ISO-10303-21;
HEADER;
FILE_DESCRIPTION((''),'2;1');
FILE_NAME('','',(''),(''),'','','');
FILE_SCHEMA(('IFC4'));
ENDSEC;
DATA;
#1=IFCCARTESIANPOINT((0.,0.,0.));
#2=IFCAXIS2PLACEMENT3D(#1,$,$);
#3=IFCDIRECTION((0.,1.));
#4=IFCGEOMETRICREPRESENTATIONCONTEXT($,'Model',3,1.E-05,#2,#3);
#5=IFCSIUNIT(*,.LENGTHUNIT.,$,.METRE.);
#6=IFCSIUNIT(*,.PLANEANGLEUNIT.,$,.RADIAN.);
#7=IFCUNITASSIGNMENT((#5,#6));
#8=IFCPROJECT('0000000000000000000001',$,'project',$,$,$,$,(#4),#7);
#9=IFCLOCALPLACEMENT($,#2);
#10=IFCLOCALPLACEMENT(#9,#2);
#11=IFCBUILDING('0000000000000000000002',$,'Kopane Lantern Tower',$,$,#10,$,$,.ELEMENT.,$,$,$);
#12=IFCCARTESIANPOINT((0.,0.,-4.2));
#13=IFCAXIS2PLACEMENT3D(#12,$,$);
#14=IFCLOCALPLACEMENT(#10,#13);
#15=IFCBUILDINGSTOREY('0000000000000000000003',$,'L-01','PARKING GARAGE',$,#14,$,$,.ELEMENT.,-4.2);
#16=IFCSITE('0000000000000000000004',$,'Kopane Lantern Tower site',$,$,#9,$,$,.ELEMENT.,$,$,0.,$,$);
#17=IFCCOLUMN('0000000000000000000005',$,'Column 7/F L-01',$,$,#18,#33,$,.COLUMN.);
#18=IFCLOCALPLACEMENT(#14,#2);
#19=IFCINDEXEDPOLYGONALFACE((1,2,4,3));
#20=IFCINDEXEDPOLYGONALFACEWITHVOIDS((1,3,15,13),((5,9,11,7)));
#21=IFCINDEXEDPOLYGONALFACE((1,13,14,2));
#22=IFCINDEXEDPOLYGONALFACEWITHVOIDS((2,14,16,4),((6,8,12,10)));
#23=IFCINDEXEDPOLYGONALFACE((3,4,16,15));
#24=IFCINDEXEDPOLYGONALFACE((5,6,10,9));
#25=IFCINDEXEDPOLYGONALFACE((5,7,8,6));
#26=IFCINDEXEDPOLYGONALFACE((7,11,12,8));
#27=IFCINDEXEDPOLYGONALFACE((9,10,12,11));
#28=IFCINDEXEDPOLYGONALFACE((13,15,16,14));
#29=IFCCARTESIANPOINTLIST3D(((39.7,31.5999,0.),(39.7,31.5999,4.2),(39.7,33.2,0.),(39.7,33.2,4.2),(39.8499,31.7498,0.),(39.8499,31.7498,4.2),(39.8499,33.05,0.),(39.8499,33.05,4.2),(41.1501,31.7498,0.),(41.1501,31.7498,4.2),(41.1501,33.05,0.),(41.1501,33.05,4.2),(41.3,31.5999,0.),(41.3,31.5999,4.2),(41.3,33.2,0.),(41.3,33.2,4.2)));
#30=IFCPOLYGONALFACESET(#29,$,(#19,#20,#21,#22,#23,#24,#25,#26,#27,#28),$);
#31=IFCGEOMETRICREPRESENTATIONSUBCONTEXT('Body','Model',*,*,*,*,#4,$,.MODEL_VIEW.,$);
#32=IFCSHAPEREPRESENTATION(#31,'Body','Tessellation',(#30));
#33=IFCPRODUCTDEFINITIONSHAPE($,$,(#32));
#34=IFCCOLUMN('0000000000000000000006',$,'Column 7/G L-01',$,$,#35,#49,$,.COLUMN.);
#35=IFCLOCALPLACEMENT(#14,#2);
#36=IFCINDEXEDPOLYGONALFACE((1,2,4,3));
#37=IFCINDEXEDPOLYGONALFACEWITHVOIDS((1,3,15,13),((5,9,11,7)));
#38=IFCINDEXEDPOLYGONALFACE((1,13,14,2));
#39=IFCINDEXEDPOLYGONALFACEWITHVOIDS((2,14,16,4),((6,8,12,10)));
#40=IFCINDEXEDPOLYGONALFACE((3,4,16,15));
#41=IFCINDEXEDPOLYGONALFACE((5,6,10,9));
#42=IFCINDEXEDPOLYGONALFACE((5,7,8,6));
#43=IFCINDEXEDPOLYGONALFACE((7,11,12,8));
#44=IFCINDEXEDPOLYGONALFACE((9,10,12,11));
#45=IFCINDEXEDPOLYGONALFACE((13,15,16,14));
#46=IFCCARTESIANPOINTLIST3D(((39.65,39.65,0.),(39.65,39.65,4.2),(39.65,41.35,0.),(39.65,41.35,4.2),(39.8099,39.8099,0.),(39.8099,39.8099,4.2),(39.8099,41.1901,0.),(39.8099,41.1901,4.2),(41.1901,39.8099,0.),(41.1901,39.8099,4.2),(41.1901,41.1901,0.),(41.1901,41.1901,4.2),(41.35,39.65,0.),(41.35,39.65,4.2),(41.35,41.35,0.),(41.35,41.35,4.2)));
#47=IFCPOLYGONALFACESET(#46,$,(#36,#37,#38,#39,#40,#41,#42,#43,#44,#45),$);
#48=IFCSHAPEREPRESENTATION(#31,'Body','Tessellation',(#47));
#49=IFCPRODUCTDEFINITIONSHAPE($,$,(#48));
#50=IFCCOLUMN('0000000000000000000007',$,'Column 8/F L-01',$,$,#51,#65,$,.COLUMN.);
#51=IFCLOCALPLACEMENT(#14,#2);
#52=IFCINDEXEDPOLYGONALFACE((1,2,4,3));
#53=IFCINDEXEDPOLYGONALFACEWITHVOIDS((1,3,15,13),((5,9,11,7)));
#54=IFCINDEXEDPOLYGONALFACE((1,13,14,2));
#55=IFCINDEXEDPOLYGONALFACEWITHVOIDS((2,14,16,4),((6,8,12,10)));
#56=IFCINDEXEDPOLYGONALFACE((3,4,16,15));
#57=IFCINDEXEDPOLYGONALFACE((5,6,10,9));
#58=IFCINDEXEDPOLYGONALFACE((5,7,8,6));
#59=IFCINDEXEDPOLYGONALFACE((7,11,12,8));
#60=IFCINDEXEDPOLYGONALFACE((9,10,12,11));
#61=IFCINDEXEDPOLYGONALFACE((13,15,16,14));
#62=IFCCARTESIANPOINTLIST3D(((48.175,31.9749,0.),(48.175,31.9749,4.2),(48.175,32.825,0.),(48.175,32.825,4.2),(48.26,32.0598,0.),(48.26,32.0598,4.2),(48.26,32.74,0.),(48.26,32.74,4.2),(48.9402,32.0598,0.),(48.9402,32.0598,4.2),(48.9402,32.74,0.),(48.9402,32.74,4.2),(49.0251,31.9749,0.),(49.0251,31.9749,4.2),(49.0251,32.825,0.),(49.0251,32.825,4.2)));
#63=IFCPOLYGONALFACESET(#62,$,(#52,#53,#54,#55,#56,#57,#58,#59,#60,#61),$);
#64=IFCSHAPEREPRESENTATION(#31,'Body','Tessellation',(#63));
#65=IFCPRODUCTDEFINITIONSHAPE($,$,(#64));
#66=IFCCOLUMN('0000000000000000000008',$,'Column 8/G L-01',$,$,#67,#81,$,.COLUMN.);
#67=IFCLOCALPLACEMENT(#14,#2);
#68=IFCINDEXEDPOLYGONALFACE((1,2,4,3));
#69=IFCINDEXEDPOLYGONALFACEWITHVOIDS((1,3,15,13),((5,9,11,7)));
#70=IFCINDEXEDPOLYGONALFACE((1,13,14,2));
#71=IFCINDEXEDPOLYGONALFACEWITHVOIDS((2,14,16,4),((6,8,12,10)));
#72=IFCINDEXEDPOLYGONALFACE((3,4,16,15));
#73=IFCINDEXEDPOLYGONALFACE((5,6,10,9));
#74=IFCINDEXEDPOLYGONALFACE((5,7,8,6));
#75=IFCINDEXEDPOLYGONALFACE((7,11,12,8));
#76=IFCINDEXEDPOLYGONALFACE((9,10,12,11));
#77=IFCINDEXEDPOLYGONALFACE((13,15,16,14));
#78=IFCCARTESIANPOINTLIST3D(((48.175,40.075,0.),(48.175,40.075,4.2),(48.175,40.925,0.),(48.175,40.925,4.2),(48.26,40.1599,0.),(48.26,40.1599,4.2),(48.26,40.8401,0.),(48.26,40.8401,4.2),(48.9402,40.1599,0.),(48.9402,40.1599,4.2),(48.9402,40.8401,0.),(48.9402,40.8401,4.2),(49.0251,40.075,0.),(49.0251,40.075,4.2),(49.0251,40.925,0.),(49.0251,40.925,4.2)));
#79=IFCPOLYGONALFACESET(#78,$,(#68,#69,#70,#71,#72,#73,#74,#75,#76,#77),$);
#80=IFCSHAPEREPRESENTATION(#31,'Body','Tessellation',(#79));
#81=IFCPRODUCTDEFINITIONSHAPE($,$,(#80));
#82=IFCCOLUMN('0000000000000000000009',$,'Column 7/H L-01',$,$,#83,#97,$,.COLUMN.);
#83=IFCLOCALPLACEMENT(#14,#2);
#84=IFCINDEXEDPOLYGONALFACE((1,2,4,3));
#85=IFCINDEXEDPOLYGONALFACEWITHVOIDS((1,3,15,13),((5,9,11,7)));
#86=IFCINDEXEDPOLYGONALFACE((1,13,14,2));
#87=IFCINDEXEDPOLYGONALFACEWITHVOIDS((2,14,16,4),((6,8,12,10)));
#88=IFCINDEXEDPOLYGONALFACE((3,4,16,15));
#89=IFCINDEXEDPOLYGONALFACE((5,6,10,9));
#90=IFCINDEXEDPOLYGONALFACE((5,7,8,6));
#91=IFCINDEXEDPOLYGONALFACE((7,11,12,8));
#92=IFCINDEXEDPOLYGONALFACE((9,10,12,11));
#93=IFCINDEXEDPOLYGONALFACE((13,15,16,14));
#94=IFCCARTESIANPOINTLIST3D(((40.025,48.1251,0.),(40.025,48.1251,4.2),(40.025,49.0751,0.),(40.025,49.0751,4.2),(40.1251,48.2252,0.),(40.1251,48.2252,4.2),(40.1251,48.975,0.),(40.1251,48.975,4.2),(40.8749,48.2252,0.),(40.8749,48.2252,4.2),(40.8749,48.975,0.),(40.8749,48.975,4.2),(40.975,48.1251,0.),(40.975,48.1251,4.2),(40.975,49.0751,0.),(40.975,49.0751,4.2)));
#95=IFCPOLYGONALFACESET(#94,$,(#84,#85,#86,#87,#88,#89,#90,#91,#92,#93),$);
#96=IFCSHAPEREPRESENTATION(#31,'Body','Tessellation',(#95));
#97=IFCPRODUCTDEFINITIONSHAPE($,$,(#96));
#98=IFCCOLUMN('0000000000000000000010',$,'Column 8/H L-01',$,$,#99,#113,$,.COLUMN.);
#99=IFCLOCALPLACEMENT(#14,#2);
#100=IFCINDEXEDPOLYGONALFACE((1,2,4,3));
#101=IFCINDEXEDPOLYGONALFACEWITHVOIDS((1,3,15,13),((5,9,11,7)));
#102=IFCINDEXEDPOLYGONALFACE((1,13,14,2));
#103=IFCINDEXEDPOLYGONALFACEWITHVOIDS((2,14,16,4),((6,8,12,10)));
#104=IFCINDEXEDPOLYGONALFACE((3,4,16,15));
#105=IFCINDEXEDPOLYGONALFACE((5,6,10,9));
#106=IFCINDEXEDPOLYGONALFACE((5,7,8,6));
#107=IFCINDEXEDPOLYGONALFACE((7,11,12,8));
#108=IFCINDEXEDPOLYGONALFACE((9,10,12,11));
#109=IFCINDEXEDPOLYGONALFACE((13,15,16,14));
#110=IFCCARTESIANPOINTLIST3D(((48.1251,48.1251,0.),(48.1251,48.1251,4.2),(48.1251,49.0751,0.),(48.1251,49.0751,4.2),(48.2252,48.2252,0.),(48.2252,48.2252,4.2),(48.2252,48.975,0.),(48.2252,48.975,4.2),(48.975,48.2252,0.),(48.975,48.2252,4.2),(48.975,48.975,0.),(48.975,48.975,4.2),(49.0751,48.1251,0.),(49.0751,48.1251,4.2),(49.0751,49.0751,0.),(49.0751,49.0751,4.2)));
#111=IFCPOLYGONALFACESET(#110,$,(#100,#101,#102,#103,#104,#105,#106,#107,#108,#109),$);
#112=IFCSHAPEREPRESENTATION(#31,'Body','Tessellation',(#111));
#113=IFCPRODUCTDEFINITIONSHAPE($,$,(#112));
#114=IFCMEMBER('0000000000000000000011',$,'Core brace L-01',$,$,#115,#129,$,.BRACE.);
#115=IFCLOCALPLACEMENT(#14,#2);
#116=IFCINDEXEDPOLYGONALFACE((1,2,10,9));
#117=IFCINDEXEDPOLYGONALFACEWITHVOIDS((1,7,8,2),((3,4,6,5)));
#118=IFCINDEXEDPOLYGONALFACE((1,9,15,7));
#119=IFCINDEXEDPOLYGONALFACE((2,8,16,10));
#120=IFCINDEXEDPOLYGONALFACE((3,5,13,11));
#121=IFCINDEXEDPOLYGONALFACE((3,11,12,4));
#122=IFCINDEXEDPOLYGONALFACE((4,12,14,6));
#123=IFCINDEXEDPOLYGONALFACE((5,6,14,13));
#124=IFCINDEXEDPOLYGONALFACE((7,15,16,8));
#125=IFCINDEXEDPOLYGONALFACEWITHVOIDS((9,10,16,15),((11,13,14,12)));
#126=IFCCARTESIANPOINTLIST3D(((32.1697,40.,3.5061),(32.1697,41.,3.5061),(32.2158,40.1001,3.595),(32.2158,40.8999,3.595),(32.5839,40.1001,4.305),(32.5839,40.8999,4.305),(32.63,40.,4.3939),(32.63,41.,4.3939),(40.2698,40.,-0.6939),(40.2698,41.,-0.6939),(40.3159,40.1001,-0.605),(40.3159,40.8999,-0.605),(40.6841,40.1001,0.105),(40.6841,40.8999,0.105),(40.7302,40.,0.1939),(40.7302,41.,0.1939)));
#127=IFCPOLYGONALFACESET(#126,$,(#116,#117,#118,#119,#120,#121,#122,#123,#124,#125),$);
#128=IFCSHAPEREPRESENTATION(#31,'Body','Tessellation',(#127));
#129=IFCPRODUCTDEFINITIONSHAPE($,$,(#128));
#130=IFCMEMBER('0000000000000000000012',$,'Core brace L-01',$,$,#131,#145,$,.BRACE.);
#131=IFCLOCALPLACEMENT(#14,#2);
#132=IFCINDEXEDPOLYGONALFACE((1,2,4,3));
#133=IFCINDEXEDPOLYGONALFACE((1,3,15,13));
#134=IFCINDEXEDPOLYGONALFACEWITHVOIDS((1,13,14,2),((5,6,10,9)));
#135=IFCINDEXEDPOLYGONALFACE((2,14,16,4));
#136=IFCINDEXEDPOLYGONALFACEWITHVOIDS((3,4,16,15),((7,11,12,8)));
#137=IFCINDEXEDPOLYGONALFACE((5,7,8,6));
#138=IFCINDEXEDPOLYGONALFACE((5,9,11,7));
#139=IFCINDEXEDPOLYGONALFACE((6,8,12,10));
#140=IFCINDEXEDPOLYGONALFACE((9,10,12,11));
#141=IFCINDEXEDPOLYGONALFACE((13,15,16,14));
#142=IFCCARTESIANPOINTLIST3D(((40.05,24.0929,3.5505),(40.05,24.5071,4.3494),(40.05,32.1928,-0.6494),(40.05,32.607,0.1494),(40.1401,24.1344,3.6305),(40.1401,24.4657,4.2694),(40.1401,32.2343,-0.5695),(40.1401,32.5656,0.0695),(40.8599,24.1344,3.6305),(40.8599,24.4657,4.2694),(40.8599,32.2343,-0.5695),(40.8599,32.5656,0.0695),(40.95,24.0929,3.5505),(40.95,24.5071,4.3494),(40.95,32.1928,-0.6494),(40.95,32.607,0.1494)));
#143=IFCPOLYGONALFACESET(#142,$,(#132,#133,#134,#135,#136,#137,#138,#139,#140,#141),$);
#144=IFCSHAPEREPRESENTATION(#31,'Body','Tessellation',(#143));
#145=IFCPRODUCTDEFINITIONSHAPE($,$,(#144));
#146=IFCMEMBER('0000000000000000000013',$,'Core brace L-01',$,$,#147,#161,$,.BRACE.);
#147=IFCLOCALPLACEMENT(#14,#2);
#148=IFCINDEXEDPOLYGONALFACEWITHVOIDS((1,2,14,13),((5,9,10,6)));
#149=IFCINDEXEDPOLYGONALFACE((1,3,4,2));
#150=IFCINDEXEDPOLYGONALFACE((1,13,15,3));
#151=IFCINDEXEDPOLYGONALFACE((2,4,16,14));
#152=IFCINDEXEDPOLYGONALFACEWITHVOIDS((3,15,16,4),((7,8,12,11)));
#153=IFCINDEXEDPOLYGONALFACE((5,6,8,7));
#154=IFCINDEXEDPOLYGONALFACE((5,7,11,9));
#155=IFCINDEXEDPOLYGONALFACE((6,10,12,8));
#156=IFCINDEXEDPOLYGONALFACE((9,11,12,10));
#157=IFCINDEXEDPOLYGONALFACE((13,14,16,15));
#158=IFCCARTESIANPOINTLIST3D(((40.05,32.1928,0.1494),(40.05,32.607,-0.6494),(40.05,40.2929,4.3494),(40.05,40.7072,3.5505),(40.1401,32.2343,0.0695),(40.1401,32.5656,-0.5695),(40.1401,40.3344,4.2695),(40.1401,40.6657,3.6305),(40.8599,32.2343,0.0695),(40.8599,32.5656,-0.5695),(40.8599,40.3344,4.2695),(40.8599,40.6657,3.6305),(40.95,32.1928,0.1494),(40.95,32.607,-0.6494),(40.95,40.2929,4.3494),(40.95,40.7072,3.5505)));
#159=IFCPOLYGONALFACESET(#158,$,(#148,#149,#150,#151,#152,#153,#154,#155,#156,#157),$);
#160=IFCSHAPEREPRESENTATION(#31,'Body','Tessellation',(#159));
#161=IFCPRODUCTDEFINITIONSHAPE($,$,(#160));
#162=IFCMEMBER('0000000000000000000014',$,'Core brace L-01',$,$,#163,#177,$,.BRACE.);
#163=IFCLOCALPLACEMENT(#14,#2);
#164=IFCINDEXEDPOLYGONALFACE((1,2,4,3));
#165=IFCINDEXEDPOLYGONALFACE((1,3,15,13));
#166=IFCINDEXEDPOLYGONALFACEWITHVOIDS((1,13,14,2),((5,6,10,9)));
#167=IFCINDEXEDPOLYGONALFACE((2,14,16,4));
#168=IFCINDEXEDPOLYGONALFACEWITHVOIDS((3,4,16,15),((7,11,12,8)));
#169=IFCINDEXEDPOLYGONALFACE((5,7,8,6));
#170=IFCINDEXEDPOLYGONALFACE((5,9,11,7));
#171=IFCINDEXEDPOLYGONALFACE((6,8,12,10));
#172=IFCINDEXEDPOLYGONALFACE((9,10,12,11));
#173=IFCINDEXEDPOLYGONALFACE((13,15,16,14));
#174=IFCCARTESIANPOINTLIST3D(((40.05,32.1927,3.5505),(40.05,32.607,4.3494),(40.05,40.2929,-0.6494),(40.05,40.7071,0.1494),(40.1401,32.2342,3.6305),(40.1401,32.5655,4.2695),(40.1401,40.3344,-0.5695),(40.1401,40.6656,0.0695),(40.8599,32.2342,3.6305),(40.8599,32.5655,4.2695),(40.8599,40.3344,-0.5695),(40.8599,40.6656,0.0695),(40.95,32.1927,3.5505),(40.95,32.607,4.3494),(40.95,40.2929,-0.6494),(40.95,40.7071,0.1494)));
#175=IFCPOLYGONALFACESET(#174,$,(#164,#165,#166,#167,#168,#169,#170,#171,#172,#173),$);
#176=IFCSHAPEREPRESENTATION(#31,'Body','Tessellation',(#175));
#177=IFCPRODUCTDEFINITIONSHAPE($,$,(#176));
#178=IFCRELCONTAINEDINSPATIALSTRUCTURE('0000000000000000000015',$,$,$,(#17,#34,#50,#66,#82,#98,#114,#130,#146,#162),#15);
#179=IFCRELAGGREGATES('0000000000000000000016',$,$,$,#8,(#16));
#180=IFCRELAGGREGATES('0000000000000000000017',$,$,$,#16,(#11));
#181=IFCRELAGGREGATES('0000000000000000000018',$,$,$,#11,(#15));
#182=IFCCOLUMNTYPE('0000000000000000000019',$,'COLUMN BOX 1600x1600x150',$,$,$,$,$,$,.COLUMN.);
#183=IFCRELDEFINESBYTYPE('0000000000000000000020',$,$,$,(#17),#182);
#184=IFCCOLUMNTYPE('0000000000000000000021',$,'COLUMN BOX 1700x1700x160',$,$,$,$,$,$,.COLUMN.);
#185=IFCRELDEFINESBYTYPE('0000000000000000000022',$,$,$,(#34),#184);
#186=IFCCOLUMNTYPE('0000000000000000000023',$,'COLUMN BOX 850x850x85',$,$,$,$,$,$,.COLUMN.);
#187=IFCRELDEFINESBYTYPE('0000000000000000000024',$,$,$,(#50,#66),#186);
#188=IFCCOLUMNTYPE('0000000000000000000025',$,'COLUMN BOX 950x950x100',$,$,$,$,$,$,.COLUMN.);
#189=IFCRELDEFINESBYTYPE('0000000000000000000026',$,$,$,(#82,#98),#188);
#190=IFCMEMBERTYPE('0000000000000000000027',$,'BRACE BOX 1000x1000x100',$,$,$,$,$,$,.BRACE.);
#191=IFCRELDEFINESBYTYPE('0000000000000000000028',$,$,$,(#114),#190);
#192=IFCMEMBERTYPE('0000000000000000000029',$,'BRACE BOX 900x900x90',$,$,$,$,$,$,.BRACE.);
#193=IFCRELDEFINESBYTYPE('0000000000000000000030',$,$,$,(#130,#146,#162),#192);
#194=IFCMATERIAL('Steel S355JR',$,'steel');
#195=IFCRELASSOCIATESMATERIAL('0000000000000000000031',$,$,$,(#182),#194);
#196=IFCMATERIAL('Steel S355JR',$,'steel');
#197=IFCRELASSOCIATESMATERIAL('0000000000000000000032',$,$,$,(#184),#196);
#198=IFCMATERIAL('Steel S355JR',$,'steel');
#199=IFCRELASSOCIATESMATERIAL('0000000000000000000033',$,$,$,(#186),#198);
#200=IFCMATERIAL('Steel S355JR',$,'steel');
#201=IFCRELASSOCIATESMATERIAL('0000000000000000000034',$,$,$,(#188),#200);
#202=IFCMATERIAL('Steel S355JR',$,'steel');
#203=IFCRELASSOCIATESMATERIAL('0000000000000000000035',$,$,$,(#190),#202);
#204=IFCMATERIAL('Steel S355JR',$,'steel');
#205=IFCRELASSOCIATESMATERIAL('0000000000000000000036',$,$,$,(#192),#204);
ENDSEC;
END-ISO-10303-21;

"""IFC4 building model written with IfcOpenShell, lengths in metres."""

from ifc_helpers import new_model, si_unit, direction, frame, origin, origin_2d, place, context, subcontext, project, spatial, hollow_rectangle, extrude, material, material_profile, profile_set, type_object, element, save


model = new_model("IFC4")

# Units and contexts
model_context = context("Model", 3, precision=1e-05, world=origin(), true_north=direction((0.0, 1.0)))
body_context = subcontext(model_context, "Body", "Model", "MODEL_VIEW")
ifc_project = project(units=[si_unit("LENGTHUNIT", "METRE"), si_unit("PLANEANGLEUNIT", "RADIAN")], contexts=[model_context])

# Site, building, storey
site_placement = place(None, origin())
site = spatial("IfcSite", under=ifc_project, at=site_placement, Name="Kopane Lantern Tower site", CompositionType="ELEMENT", RefElevation=0.0)
building_placement = place(site_placement, origin())
building = spatial("IfcBuilding", under=site, at=building_placement, Name="Kopane Lantern Tower", CompositionType="ELEMENT")
storey_placement = place(building_placement, frame((0.0, 0.0, -4.2)))
storey = spatial("IfcBuildingStorey", under=building, at=storey_placement, Name="L-01", Description="PARKING GARAGE", CompositionType="ELEMENT", Elevation=-4.2)

# Columns
ifc_material_1 = material(Name="Steel S355JR", Category="steel")
ifc_material_profile_1 = material_profile(ifc_material_1, hollow_rectangle(XDim=1.6001, YDim=1.6001, WallThickness=0.1499, at=origin_2d()), Name="BOX 1600x1600x150")
ifc_profile_set_1 = profile_set([ifc_material_profile_1], Name="Steel S355JR")
column_type_1 = type_object("IfcColumnType", Name="COLUMN BOX 1600x1600x150", PredefinedType="COLUMN", material=ifc_profile_set_1)
column_1_placement = place(storey_placement, frame((40.5, 32.3999, 0.0), z_axis=(0.0, 0.0, 1.0), x_axis=(1.0, 0.0, 0.0)))
element("IfcColumn", 1, at=column_1_placement, inside=storey, type_object=column_type_1, Name="Column 7/F L-01", PredefinedType="COLUMN", context=body_context, shape_type="SweptSolid", body=[
    extrude(hollow_rectangle(XDim=1.6001, YDim=1.6001, WallThickness=0.1499, at=origin_2d()), origin(), (0.0, 0.0, 1.0), 4.2),
])
ifc_material_2 = material(Name="Steel S355JR", Category="steel")
ifc_material_profile_2 = material_profile(ifc_material_2, hollow_rectangle(XDim=1.7, YDim=1.7, WallThickness=0.1599, at=origin_2d()), Name="BOX 1700x1700x160")
ifc_profile_set_2 = profile_set([ifc_material_profile_2], Name="Steel S355JR")
column_type_2 = type_object("IfcColumnType", Name="COLUMN BOX 1700x1700x160", PredefinedType="COLUMN", material=ifc_profile_set_2)
column_2_placement = place(storey_placement, frame((40.5, 40.5, 0.0), z_axis=(0.0, 0.0, 1.0), x_axis=(1.0, 0.0, 0.0)))
element("IfcColumn", 2, at=column_2_placement, inside=storey, type_object=column_type_2, Name="Column 7/G L-01", PredefinedType="COLUMN", context=body_context, shape_type="SweptSolid", body=[
    extrude(hollow_rectangle(XDim=1.7, YDim=1.7, WallThickness=0.1599, at=origin_2d()), origin(), (0.0, 0.0, 1.0), 4.2),
])
ifc_material_3 = material(Name="Steel S355JR", Category="steel")
ifc_material_profile_3 = material_profile(ifc_material_3, hollow_rectangle(XDim=0.8501, YDim=0.8501, WallThickness=0.085, at=origin_2d()), Name="BOX 850x850x85")
ifc_profile_set_3 = profile_set([ifc_material_profile_3], Name="Steel S355JR")
column_type_3 = type_object("IfcColumnType", Name="COLUMN BOX 850x850x85", PredefinedType="COLUMN", material=ifc_profile_set_3)
for number, where, z_axis, x_axis, name in (
    (3, (48.6001, 32.3999, 0.0), (0.0, 0.0, 1.0), (1.0, 0.0, 0.0), "Column 8/F L-01"),
    (4, (48.6001, 40.5, 0.0), (0.0, 0.0, 1.0), (1.0, 0.0, 0.0), "Column 8/G L-01"),
):
    element("IfcColumn", number, at=place(storey_placement, frame(where, z_axis=z_axis, x_axis=x_axis)), inside=storey, type_object=column_type_3, Name=name, PredefinedType="COLUMN", context=body_context, shape_type="SweptSolid", body=[
        extrude(hollow_rectangle(XDim=0.8501, YDim=0.8501, WallThickness=0.085, at=origin_2d()), origin(), (0.0, 0.0, 1.0), 4.2),
    ])
ifc_material_4 = material(Name="Steel S355JR", Category="steel")
ifc_material_profile_4 = material_profile(ifc_material_4, hollow_rectangle(XDim=0.95, YDim=0.95, WallThickness=0.1001, at=origin_2d()), Name="BOX 950x950x100")
ifc_profile_set_4 = profile_set([ifc_material_profile_4], Name="Steel S355JR")
column_type_4 = type_object("IfcColumnType", Name="COLUMN BOX 950x950x100", PredefinedType="COLUMN", material=ifc_profile_set_4)
for number, where, z_axis, x_axis, name in (
    (5, (40.5, 48.6001, 0.0), (0.0, 0.0, 1.0), (1.0, 0.0, 0.0), "Column 7/H L-01"),
    (6, (48.6001, 48.6001, 0.0), (0.0, 0.0, 1.0), (1.0, 0.0, 0.0), "Column 8/H L-01"),
):
    element("IfcColumn", number, at=place(storey_placement, frame(where, z_axis=z_axis, x_axis=x_axis)), inside=storey, type_object=column_type_4, Name=name, PredefinedType="COLUMN", context=body_context, shape_type="SweptSolid", body=[
        extrude(hollow_rectangle(XDim=0.95, YDim=0.95, WallThickness=0.1001, at=origin_2d()), origin(), (0.0, 0.0, 1.0), 4.2),
    ])

# Members
ifc_material_5 = material(Name="Steel S355JR", Category="steel")
ifc_material_profile_5 = material_profile(ifc_material_5, hollow_rectangle(XDim=1.0, YDim=1.0, WallThickness=0.1001, at=origin_2d()), Name="BOX 1000x1000x100")
ifc_profile_set_5 = profile_set([ifc_material_profile_5], Name="Steel S355JR")
member_type_1 = type_object("IfcMemberType", Name="BRACE BOX 1000x1000x100", PredefinedType="BRACE", material=ifc_profile_set_5)
member_1_placement = place(storey_placement, frame((40.5, 40.5, -0.25), z_axis=(-0.887759, 0.0, 0.460309), x_axis=(0.0, -1.0, 0.0)))
element("IfcMember", 7, at=member_1_placement, inside=storey, type_object=member_type_1, Name="Core brace L-01", PredefinedType="BRACE", context=body_context, shape_type="SweptSolid", body=[
    extrude(hollow_rectangle(XDim=1.0, YDim=1.0, WallThickness=0.1001, at=origin_2d()), origin(), (0.0, 0.0, 1.0), 9.1243),
])
ifc_material_6 = material(Name="Steel S355JR", Category="steel")
ifc_material_profile_6 = material_profile(ifc_material_6, hollow_rectangle(XDim=0.8999, YDim=0.8999, WallThickness=0.0901, at=origin_2d()), Name="BOX 900x900x90")
ifc_profile_set_6 = profile_set([ifc_material_profile_6], Name="Steel S355JR")
member_type_2 = type_object("IfcMemberType", Name="BRACE BOX 900x900x90", PredefinedType="BRACE", material=ifc_profile_set_6)
member_2_placement = place(storey_placement, frame((40.5, 32.3999, -0.25), z_axis=(0.0, -0.887753, 0.46032), x_axis=(1.0, 0.0, 0.0)))
element("IfcMember", 8, at=member_2_placement, inside=storey, type_object=member_type_2, Name="Core brace L-01", PredefinedType="BRACE", context=body_context, shape_type="SweptSolid", body=[
    extrude(hollow_rectangle(XDim=0.8999, YDim=0.8999, WallThickness=0.0901, at=origin_2d()), origin(), (0.0, 0.0, 1.0), 9.124),
])
for number, where, z_axis, x_axis, name in (
    (9, (40.5, 32.3999, -0.25), (0.0, 0.887759, 0.460309), (-1.0, 0.0, 0.0), "Core brace L-01"),
    (10, (40.5, 40.5, -0.25), (0.0, -0.887759, 0.460309), (1.0, 0.0, 0.0), "Core brace L-01"),
):
    element("IfcMember", number, at=place(storey_placement, frame(where, z_axis=z_axis, x_axis=x_axis)), inside=storey, type_object=member_type_2, Name=name, PredefinedType="BRACE", context=body_context, shape_type="SweptSolid", body=[
        extrude(hollow_rectangle(XDim=0.8999, YDim=0.8999, WallThickness=0.0901, at=origin_2d()), origin(), (0.0, 0.0, 1.0), 9.1243),
    ])

save(model, "model.ifc")
